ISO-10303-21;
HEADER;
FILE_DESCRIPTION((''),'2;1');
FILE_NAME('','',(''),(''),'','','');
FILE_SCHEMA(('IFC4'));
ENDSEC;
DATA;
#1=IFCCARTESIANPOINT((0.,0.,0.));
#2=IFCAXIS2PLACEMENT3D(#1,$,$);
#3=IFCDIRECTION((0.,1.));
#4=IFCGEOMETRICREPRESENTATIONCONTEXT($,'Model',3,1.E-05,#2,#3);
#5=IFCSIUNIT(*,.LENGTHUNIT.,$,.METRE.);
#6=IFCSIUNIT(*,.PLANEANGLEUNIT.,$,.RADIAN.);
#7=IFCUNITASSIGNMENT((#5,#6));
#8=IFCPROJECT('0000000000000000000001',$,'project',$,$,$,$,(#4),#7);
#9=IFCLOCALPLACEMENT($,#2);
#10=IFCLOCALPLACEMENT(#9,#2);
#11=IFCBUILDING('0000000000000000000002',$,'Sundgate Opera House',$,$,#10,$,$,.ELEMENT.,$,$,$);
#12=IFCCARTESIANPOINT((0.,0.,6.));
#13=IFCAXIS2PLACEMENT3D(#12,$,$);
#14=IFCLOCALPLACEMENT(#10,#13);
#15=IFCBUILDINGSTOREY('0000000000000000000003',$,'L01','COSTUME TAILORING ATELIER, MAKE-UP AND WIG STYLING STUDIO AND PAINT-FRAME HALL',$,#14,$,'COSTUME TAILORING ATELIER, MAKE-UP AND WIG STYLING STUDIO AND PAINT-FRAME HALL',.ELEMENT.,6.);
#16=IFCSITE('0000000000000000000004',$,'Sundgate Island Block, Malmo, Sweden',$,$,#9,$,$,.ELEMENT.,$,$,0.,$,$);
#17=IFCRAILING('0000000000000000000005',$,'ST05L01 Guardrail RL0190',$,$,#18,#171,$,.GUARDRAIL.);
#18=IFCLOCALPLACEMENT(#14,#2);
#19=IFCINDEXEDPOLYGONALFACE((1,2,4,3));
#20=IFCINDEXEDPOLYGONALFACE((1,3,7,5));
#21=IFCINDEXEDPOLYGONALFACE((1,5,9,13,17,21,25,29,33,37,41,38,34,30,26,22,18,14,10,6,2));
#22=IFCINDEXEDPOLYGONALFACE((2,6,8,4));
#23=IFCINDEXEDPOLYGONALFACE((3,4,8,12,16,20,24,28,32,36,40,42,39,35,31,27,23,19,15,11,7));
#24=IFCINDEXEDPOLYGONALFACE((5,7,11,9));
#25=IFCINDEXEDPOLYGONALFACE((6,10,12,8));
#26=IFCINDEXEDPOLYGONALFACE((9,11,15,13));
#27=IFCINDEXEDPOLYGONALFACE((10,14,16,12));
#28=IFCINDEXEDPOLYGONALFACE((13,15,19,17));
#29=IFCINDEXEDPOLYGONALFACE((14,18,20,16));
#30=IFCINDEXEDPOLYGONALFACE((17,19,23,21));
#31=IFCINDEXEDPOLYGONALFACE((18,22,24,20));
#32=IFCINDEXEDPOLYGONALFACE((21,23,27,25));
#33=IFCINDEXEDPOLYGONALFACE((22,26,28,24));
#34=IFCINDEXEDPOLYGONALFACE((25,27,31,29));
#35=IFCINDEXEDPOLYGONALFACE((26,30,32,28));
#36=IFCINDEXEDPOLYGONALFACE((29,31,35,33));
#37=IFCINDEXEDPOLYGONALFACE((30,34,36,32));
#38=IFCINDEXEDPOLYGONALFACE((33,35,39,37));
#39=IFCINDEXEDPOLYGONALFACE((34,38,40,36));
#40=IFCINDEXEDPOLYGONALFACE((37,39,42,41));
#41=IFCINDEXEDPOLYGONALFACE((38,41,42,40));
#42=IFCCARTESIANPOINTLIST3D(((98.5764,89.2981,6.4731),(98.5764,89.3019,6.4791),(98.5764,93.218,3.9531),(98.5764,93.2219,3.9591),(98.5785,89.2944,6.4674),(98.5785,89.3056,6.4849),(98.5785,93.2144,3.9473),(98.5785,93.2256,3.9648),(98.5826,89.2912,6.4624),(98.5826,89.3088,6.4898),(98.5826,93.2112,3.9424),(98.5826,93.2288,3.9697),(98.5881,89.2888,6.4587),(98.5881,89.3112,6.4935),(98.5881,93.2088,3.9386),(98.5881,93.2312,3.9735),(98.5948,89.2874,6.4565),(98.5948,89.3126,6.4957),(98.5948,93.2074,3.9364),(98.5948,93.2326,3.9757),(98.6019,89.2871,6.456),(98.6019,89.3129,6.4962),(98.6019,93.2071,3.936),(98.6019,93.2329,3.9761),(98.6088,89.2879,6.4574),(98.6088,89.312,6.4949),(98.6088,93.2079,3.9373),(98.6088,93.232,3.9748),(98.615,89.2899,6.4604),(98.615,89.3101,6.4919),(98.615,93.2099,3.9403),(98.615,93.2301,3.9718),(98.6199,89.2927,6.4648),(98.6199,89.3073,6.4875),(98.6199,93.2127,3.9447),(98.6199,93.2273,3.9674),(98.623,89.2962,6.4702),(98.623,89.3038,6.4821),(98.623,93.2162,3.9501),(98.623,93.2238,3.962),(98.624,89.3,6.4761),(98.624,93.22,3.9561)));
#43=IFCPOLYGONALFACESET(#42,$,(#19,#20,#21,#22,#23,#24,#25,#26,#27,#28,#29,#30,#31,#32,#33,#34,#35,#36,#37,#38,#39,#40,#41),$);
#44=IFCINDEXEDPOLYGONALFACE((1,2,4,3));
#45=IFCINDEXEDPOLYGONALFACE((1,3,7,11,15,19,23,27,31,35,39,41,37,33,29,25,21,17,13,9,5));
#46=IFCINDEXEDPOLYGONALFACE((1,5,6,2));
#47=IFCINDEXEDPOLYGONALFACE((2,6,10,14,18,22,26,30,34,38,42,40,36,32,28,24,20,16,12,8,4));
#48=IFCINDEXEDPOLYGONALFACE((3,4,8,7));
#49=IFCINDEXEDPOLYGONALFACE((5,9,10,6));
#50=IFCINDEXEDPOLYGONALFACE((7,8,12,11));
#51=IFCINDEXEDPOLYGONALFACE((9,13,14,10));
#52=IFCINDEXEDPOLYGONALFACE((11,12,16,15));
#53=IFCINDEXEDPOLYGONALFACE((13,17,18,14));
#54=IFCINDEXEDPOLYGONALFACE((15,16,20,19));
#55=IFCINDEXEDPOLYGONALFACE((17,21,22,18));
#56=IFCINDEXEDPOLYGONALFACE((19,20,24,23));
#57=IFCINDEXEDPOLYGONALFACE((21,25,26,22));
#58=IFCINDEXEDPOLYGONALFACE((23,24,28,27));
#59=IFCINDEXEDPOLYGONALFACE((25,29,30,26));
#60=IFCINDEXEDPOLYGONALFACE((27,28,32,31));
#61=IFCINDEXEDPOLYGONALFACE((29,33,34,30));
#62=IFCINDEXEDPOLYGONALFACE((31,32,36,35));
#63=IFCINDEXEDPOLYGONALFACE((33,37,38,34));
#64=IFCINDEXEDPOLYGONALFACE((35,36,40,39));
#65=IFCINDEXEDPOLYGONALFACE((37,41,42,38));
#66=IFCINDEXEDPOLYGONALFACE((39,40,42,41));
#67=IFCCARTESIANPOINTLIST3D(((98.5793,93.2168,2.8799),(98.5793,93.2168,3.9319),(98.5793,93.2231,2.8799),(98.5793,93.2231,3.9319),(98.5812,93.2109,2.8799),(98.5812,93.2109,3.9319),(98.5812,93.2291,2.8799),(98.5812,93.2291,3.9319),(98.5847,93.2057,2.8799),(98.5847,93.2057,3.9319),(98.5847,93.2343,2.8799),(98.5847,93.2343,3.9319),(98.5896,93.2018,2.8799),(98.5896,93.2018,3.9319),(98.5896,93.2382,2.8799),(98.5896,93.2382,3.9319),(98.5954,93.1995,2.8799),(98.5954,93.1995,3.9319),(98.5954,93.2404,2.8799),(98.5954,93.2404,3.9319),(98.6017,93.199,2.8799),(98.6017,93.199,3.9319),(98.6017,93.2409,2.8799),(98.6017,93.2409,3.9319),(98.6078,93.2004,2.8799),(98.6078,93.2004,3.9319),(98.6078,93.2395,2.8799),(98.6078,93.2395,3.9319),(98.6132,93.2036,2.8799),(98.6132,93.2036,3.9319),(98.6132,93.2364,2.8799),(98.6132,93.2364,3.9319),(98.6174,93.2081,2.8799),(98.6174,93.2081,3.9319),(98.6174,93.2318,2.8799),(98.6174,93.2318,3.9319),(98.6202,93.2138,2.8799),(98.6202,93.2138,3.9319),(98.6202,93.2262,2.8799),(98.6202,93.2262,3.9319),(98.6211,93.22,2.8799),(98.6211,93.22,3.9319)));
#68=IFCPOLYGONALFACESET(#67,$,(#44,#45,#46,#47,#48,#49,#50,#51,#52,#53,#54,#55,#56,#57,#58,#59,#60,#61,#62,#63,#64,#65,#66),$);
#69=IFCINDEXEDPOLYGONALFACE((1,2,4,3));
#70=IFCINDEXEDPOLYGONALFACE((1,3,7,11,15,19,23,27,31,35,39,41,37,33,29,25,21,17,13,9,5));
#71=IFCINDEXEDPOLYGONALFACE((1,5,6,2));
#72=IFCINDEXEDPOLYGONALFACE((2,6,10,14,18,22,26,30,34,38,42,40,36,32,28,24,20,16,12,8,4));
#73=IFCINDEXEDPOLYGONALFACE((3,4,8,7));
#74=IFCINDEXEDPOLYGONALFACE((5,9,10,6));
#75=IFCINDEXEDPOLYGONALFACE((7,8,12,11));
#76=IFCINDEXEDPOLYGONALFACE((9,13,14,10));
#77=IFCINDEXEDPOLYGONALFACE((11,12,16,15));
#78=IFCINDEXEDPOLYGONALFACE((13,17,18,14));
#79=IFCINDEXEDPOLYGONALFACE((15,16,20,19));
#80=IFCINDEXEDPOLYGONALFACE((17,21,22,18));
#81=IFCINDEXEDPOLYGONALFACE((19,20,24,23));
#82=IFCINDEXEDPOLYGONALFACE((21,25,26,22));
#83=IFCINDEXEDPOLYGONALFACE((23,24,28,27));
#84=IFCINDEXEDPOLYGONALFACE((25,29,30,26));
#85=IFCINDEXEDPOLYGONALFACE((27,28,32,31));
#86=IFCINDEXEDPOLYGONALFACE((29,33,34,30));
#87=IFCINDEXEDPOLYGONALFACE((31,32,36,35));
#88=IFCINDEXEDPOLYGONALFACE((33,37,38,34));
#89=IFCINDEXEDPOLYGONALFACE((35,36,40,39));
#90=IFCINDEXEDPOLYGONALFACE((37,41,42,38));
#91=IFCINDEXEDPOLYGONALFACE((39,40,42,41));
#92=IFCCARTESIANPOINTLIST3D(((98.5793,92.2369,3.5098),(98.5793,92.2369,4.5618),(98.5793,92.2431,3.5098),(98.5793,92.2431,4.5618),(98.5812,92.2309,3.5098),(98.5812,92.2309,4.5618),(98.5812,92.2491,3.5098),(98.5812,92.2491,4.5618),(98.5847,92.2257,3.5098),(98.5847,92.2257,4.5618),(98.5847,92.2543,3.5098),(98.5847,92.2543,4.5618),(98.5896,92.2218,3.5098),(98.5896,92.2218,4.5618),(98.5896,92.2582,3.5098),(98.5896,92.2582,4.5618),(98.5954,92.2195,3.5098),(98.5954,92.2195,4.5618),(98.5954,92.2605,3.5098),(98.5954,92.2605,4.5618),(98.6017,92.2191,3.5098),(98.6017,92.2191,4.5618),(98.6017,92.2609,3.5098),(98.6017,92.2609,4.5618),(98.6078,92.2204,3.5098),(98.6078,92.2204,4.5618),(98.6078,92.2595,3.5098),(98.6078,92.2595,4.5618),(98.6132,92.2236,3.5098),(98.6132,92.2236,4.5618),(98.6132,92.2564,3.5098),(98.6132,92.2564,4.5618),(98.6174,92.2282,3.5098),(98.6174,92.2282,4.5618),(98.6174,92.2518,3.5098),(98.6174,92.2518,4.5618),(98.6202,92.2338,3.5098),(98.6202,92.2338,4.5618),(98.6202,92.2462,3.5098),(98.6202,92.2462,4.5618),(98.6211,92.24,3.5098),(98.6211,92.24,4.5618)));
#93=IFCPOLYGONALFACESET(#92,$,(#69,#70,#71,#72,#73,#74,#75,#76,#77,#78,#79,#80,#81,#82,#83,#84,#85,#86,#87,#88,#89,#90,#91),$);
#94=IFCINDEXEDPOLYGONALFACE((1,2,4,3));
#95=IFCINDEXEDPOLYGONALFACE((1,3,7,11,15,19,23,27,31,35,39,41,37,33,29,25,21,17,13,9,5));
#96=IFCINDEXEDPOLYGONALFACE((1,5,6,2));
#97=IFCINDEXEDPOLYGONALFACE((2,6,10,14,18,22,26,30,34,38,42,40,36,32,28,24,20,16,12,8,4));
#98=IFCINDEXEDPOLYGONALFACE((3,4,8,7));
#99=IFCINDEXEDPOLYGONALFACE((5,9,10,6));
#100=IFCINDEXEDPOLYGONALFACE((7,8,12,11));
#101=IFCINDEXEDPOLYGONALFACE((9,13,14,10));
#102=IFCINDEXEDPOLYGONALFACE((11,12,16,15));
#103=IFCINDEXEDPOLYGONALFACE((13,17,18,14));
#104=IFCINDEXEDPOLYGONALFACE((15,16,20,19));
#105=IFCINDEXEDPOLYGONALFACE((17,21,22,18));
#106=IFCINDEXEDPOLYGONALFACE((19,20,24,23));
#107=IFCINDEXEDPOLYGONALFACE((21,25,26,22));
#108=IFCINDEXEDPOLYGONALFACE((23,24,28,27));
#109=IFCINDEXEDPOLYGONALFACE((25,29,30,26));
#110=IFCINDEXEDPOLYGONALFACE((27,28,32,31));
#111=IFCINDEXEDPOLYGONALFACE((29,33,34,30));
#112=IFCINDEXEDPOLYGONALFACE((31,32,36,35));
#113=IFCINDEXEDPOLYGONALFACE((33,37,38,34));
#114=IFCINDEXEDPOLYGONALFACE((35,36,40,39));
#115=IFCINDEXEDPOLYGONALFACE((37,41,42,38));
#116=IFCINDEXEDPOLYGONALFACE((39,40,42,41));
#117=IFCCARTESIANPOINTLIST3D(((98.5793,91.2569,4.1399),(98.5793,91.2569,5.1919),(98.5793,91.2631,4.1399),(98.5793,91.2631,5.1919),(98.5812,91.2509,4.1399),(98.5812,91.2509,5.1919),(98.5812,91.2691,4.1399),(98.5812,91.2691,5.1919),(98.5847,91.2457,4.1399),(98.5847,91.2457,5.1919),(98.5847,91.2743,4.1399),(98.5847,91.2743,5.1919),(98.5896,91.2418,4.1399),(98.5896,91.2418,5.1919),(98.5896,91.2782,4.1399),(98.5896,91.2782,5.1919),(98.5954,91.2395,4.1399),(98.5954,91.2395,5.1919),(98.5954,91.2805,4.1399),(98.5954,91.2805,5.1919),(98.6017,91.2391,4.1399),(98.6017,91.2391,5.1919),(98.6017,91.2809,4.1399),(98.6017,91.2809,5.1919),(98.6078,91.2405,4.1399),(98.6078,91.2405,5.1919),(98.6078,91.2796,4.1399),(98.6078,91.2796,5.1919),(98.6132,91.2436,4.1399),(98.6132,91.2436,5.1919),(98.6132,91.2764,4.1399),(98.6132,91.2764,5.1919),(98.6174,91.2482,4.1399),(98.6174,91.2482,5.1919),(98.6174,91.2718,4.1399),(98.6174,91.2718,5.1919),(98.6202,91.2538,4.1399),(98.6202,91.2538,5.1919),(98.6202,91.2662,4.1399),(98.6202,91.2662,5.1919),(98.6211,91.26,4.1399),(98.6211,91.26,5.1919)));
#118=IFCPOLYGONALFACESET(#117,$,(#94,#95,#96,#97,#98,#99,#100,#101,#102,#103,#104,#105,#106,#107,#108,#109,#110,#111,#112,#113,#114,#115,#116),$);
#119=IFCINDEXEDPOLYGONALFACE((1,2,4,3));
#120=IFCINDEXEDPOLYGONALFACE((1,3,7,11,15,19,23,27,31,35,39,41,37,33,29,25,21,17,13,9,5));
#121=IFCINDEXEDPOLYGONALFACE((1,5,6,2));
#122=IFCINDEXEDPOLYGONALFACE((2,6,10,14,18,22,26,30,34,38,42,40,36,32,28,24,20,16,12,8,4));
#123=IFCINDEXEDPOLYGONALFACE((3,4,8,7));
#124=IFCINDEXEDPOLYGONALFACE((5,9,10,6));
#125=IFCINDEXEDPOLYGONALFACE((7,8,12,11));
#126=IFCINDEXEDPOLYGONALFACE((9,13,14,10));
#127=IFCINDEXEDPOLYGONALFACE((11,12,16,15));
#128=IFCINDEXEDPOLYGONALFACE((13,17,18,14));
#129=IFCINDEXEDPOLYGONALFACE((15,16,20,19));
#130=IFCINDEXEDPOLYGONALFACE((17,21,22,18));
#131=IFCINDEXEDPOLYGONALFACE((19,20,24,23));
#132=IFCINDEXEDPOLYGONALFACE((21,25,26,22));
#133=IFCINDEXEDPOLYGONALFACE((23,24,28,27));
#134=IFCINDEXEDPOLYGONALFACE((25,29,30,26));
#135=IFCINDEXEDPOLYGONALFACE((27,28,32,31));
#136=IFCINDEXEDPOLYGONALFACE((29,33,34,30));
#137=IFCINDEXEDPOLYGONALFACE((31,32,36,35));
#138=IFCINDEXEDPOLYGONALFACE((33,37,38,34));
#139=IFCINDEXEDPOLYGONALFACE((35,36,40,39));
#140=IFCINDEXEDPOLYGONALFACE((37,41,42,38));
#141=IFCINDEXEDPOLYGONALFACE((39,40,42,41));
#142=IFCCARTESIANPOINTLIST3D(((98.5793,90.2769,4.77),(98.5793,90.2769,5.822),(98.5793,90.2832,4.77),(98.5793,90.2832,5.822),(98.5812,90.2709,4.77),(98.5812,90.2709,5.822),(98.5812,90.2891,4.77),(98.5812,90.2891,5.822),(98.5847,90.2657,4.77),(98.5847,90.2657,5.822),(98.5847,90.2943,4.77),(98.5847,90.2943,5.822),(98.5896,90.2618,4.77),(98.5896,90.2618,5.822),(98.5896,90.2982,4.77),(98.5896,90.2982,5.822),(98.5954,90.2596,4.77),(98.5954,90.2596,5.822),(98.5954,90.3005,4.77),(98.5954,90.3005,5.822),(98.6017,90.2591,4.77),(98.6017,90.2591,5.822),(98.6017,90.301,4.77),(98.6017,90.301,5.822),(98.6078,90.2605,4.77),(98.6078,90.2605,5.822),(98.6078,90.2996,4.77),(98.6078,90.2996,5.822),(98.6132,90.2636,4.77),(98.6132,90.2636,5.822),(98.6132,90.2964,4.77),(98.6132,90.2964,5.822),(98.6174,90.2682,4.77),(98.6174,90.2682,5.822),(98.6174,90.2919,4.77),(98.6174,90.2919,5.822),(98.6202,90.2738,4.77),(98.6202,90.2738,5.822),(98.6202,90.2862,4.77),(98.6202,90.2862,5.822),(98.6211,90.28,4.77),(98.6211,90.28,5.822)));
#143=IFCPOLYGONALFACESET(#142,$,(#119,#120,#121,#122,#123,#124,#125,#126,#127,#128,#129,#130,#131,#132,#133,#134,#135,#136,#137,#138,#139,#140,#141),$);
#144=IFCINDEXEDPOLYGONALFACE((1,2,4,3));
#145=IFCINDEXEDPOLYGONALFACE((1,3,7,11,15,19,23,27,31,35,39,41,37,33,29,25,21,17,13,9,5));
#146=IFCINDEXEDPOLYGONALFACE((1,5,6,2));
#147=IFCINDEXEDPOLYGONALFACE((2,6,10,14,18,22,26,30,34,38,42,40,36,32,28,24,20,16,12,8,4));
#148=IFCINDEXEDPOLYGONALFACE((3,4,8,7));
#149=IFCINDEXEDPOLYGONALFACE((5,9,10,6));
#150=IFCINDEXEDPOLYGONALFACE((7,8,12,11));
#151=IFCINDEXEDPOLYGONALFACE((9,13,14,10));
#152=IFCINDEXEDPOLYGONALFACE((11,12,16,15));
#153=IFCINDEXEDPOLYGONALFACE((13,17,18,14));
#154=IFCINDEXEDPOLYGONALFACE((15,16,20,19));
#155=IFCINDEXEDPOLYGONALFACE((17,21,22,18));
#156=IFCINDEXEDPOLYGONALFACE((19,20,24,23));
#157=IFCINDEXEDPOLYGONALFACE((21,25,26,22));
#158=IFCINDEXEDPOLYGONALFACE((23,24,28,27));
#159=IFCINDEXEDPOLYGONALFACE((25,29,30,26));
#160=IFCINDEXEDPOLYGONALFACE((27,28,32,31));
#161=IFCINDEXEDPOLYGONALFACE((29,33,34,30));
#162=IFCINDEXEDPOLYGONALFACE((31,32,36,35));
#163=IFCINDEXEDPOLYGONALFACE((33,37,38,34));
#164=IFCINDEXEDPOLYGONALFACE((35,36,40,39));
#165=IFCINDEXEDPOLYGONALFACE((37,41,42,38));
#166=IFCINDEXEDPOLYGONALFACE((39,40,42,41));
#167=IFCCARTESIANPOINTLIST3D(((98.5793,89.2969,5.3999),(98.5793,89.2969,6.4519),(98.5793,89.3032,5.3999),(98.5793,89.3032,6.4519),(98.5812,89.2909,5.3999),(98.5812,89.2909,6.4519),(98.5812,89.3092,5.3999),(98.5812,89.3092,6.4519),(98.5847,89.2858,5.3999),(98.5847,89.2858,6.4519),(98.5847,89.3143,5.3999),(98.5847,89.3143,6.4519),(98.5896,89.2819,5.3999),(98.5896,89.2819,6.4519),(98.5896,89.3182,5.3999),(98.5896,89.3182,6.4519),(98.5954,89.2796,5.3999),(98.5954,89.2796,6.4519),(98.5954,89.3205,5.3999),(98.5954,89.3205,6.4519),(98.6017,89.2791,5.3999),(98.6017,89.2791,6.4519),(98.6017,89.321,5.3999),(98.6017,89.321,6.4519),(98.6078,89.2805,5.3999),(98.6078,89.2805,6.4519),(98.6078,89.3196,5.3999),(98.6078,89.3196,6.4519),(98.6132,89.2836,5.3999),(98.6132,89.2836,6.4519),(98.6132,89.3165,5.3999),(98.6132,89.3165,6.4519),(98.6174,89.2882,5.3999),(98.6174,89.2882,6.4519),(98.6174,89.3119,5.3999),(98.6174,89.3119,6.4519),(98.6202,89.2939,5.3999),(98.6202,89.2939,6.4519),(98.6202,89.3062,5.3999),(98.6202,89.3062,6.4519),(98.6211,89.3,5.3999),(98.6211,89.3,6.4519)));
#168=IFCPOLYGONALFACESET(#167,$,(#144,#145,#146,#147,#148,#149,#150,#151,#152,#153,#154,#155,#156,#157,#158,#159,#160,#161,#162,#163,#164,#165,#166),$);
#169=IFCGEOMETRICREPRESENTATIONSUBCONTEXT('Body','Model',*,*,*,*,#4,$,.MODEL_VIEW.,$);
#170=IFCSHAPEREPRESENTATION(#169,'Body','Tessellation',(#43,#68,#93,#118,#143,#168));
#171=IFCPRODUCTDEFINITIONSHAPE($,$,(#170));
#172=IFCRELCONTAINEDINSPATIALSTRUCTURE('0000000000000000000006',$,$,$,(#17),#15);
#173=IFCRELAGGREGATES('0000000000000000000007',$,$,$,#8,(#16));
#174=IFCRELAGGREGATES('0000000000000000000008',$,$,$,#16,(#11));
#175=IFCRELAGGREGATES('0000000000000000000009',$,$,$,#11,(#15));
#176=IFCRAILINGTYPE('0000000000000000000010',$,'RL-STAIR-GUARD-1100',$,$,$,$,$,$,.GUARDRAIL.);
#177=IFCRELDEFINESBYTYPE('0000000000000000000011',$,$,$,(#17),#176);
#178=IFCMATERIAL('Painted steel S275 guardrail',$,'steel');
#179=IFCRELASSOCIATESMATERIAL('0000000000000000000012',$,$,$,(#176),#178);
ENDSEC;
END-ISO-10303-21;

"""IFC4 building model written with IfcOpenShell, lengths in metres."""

from ifc_helpers import new_model, si_unit, direction, frame, origin, origin_2d, place, context, subcontext, project, spatial, circle, extrude, material, type_object, element, save


model = new_model("IFC4")

# Units and contexts
model_context = context("Model", 3, precision=1e-05, world=origin(), true_north=direction((0.0, 1.0)))
body_context = subcontext(model_context, "Body", "Model", "MODEL_VIEW")
ifc_project = project(units=[si_unit("LENGTHUNIT", "METRE"), si_unit("PLANEANGLEUNIT", "RADIAN")], contexts=[model_context])

# Site, building, storey
site_placement = place(None, origin())
site = spatial("IfcSite", under=ifc_project, at=site_placement, Name="Sundgate Island Block, Malmo, Sweden", CompositionType="ELEMENT", RefElevation=0.0)
building_placement = place(site_placement, origin())
building = spatial("IfcBuilding", under=site, at=building_placement, Name="Sundgate Opera House", CompositionType="ELEMENT")
storey_placement = place(building_placement, frame((0.0, 0.0, 6.0)))
storey = spatial("IfcBuildingStorey", under=building, at=storey_placement, Name="L01", Description="COSTUME TAILORING ATELIER, MAKE-UP AND WIG STYLING STUDIO AND PAINT-FRAME HALL", LongName="COSTUME TAILORING ATELIER, MAKE-UP AND WIG STYLING STUDIO AND PAINT-FRAME HALL", CompositionType="ELEMENT", Elevation=6.0)

# Railing
ifc_material_1 = material(Name="Painted steel S275 guardrail", Category="steel")
railing_type_1 = type_object("IfcRailingType", Name="RL-STAIR-GUARD-1100", PredefinedType="GUARDRAIL", material=ifc_material_1)
railing_1_placement = place(storey_placement, frame((98.6001, 93.22, 2.8799)))
element("IfcRailing", 1, at=railing_1_placement, inside=storey, type_object=railing_type_1, Name="ST05L01 Guardrail RL0190", PredefinedType="GUARDRAIL", context=body_context, shape_type="SweptSolid", body=[
    extrude(circle(Radius=0.0239, at=origin_2d()), frame((0.0, 0.0, 1.0762), z_axis=(0.0, -0.841172, 0.540768), x_axis=(1.0, 0.0, 0.0)), (0.0, 0.0, 1.0), 4.6602),
    extrude(circle(Radius=0.021, at=origin_2d()), origin(), (0.0, 0.0, 1.0), 1.052),
    extrude(circle(Radius=0.021, at=origin_2d()), frame((0.0, -0.98, 0.6299)), (0.0, 0.0, 1.0), 1.052),
    extrude(circle(Radius=0.021, at=origin_2d()), frame((0.0, -1.96, 1.26)), (0.0, 0.0, 1.0), 1.052),
    extrude(circle(Radius=0.021, at=origin_2d()), frame((0.0, -2.9399, 1.8901)), (0.0, 0.0, 1.0), 1.052),
    extrude(circle(Radius=0.021, at=origin_2d()), frame((0.0, -3.9199, 2.52)), (0.0, 0.0, 1.0), 1.052),
])

save(model, "model.ifc")
